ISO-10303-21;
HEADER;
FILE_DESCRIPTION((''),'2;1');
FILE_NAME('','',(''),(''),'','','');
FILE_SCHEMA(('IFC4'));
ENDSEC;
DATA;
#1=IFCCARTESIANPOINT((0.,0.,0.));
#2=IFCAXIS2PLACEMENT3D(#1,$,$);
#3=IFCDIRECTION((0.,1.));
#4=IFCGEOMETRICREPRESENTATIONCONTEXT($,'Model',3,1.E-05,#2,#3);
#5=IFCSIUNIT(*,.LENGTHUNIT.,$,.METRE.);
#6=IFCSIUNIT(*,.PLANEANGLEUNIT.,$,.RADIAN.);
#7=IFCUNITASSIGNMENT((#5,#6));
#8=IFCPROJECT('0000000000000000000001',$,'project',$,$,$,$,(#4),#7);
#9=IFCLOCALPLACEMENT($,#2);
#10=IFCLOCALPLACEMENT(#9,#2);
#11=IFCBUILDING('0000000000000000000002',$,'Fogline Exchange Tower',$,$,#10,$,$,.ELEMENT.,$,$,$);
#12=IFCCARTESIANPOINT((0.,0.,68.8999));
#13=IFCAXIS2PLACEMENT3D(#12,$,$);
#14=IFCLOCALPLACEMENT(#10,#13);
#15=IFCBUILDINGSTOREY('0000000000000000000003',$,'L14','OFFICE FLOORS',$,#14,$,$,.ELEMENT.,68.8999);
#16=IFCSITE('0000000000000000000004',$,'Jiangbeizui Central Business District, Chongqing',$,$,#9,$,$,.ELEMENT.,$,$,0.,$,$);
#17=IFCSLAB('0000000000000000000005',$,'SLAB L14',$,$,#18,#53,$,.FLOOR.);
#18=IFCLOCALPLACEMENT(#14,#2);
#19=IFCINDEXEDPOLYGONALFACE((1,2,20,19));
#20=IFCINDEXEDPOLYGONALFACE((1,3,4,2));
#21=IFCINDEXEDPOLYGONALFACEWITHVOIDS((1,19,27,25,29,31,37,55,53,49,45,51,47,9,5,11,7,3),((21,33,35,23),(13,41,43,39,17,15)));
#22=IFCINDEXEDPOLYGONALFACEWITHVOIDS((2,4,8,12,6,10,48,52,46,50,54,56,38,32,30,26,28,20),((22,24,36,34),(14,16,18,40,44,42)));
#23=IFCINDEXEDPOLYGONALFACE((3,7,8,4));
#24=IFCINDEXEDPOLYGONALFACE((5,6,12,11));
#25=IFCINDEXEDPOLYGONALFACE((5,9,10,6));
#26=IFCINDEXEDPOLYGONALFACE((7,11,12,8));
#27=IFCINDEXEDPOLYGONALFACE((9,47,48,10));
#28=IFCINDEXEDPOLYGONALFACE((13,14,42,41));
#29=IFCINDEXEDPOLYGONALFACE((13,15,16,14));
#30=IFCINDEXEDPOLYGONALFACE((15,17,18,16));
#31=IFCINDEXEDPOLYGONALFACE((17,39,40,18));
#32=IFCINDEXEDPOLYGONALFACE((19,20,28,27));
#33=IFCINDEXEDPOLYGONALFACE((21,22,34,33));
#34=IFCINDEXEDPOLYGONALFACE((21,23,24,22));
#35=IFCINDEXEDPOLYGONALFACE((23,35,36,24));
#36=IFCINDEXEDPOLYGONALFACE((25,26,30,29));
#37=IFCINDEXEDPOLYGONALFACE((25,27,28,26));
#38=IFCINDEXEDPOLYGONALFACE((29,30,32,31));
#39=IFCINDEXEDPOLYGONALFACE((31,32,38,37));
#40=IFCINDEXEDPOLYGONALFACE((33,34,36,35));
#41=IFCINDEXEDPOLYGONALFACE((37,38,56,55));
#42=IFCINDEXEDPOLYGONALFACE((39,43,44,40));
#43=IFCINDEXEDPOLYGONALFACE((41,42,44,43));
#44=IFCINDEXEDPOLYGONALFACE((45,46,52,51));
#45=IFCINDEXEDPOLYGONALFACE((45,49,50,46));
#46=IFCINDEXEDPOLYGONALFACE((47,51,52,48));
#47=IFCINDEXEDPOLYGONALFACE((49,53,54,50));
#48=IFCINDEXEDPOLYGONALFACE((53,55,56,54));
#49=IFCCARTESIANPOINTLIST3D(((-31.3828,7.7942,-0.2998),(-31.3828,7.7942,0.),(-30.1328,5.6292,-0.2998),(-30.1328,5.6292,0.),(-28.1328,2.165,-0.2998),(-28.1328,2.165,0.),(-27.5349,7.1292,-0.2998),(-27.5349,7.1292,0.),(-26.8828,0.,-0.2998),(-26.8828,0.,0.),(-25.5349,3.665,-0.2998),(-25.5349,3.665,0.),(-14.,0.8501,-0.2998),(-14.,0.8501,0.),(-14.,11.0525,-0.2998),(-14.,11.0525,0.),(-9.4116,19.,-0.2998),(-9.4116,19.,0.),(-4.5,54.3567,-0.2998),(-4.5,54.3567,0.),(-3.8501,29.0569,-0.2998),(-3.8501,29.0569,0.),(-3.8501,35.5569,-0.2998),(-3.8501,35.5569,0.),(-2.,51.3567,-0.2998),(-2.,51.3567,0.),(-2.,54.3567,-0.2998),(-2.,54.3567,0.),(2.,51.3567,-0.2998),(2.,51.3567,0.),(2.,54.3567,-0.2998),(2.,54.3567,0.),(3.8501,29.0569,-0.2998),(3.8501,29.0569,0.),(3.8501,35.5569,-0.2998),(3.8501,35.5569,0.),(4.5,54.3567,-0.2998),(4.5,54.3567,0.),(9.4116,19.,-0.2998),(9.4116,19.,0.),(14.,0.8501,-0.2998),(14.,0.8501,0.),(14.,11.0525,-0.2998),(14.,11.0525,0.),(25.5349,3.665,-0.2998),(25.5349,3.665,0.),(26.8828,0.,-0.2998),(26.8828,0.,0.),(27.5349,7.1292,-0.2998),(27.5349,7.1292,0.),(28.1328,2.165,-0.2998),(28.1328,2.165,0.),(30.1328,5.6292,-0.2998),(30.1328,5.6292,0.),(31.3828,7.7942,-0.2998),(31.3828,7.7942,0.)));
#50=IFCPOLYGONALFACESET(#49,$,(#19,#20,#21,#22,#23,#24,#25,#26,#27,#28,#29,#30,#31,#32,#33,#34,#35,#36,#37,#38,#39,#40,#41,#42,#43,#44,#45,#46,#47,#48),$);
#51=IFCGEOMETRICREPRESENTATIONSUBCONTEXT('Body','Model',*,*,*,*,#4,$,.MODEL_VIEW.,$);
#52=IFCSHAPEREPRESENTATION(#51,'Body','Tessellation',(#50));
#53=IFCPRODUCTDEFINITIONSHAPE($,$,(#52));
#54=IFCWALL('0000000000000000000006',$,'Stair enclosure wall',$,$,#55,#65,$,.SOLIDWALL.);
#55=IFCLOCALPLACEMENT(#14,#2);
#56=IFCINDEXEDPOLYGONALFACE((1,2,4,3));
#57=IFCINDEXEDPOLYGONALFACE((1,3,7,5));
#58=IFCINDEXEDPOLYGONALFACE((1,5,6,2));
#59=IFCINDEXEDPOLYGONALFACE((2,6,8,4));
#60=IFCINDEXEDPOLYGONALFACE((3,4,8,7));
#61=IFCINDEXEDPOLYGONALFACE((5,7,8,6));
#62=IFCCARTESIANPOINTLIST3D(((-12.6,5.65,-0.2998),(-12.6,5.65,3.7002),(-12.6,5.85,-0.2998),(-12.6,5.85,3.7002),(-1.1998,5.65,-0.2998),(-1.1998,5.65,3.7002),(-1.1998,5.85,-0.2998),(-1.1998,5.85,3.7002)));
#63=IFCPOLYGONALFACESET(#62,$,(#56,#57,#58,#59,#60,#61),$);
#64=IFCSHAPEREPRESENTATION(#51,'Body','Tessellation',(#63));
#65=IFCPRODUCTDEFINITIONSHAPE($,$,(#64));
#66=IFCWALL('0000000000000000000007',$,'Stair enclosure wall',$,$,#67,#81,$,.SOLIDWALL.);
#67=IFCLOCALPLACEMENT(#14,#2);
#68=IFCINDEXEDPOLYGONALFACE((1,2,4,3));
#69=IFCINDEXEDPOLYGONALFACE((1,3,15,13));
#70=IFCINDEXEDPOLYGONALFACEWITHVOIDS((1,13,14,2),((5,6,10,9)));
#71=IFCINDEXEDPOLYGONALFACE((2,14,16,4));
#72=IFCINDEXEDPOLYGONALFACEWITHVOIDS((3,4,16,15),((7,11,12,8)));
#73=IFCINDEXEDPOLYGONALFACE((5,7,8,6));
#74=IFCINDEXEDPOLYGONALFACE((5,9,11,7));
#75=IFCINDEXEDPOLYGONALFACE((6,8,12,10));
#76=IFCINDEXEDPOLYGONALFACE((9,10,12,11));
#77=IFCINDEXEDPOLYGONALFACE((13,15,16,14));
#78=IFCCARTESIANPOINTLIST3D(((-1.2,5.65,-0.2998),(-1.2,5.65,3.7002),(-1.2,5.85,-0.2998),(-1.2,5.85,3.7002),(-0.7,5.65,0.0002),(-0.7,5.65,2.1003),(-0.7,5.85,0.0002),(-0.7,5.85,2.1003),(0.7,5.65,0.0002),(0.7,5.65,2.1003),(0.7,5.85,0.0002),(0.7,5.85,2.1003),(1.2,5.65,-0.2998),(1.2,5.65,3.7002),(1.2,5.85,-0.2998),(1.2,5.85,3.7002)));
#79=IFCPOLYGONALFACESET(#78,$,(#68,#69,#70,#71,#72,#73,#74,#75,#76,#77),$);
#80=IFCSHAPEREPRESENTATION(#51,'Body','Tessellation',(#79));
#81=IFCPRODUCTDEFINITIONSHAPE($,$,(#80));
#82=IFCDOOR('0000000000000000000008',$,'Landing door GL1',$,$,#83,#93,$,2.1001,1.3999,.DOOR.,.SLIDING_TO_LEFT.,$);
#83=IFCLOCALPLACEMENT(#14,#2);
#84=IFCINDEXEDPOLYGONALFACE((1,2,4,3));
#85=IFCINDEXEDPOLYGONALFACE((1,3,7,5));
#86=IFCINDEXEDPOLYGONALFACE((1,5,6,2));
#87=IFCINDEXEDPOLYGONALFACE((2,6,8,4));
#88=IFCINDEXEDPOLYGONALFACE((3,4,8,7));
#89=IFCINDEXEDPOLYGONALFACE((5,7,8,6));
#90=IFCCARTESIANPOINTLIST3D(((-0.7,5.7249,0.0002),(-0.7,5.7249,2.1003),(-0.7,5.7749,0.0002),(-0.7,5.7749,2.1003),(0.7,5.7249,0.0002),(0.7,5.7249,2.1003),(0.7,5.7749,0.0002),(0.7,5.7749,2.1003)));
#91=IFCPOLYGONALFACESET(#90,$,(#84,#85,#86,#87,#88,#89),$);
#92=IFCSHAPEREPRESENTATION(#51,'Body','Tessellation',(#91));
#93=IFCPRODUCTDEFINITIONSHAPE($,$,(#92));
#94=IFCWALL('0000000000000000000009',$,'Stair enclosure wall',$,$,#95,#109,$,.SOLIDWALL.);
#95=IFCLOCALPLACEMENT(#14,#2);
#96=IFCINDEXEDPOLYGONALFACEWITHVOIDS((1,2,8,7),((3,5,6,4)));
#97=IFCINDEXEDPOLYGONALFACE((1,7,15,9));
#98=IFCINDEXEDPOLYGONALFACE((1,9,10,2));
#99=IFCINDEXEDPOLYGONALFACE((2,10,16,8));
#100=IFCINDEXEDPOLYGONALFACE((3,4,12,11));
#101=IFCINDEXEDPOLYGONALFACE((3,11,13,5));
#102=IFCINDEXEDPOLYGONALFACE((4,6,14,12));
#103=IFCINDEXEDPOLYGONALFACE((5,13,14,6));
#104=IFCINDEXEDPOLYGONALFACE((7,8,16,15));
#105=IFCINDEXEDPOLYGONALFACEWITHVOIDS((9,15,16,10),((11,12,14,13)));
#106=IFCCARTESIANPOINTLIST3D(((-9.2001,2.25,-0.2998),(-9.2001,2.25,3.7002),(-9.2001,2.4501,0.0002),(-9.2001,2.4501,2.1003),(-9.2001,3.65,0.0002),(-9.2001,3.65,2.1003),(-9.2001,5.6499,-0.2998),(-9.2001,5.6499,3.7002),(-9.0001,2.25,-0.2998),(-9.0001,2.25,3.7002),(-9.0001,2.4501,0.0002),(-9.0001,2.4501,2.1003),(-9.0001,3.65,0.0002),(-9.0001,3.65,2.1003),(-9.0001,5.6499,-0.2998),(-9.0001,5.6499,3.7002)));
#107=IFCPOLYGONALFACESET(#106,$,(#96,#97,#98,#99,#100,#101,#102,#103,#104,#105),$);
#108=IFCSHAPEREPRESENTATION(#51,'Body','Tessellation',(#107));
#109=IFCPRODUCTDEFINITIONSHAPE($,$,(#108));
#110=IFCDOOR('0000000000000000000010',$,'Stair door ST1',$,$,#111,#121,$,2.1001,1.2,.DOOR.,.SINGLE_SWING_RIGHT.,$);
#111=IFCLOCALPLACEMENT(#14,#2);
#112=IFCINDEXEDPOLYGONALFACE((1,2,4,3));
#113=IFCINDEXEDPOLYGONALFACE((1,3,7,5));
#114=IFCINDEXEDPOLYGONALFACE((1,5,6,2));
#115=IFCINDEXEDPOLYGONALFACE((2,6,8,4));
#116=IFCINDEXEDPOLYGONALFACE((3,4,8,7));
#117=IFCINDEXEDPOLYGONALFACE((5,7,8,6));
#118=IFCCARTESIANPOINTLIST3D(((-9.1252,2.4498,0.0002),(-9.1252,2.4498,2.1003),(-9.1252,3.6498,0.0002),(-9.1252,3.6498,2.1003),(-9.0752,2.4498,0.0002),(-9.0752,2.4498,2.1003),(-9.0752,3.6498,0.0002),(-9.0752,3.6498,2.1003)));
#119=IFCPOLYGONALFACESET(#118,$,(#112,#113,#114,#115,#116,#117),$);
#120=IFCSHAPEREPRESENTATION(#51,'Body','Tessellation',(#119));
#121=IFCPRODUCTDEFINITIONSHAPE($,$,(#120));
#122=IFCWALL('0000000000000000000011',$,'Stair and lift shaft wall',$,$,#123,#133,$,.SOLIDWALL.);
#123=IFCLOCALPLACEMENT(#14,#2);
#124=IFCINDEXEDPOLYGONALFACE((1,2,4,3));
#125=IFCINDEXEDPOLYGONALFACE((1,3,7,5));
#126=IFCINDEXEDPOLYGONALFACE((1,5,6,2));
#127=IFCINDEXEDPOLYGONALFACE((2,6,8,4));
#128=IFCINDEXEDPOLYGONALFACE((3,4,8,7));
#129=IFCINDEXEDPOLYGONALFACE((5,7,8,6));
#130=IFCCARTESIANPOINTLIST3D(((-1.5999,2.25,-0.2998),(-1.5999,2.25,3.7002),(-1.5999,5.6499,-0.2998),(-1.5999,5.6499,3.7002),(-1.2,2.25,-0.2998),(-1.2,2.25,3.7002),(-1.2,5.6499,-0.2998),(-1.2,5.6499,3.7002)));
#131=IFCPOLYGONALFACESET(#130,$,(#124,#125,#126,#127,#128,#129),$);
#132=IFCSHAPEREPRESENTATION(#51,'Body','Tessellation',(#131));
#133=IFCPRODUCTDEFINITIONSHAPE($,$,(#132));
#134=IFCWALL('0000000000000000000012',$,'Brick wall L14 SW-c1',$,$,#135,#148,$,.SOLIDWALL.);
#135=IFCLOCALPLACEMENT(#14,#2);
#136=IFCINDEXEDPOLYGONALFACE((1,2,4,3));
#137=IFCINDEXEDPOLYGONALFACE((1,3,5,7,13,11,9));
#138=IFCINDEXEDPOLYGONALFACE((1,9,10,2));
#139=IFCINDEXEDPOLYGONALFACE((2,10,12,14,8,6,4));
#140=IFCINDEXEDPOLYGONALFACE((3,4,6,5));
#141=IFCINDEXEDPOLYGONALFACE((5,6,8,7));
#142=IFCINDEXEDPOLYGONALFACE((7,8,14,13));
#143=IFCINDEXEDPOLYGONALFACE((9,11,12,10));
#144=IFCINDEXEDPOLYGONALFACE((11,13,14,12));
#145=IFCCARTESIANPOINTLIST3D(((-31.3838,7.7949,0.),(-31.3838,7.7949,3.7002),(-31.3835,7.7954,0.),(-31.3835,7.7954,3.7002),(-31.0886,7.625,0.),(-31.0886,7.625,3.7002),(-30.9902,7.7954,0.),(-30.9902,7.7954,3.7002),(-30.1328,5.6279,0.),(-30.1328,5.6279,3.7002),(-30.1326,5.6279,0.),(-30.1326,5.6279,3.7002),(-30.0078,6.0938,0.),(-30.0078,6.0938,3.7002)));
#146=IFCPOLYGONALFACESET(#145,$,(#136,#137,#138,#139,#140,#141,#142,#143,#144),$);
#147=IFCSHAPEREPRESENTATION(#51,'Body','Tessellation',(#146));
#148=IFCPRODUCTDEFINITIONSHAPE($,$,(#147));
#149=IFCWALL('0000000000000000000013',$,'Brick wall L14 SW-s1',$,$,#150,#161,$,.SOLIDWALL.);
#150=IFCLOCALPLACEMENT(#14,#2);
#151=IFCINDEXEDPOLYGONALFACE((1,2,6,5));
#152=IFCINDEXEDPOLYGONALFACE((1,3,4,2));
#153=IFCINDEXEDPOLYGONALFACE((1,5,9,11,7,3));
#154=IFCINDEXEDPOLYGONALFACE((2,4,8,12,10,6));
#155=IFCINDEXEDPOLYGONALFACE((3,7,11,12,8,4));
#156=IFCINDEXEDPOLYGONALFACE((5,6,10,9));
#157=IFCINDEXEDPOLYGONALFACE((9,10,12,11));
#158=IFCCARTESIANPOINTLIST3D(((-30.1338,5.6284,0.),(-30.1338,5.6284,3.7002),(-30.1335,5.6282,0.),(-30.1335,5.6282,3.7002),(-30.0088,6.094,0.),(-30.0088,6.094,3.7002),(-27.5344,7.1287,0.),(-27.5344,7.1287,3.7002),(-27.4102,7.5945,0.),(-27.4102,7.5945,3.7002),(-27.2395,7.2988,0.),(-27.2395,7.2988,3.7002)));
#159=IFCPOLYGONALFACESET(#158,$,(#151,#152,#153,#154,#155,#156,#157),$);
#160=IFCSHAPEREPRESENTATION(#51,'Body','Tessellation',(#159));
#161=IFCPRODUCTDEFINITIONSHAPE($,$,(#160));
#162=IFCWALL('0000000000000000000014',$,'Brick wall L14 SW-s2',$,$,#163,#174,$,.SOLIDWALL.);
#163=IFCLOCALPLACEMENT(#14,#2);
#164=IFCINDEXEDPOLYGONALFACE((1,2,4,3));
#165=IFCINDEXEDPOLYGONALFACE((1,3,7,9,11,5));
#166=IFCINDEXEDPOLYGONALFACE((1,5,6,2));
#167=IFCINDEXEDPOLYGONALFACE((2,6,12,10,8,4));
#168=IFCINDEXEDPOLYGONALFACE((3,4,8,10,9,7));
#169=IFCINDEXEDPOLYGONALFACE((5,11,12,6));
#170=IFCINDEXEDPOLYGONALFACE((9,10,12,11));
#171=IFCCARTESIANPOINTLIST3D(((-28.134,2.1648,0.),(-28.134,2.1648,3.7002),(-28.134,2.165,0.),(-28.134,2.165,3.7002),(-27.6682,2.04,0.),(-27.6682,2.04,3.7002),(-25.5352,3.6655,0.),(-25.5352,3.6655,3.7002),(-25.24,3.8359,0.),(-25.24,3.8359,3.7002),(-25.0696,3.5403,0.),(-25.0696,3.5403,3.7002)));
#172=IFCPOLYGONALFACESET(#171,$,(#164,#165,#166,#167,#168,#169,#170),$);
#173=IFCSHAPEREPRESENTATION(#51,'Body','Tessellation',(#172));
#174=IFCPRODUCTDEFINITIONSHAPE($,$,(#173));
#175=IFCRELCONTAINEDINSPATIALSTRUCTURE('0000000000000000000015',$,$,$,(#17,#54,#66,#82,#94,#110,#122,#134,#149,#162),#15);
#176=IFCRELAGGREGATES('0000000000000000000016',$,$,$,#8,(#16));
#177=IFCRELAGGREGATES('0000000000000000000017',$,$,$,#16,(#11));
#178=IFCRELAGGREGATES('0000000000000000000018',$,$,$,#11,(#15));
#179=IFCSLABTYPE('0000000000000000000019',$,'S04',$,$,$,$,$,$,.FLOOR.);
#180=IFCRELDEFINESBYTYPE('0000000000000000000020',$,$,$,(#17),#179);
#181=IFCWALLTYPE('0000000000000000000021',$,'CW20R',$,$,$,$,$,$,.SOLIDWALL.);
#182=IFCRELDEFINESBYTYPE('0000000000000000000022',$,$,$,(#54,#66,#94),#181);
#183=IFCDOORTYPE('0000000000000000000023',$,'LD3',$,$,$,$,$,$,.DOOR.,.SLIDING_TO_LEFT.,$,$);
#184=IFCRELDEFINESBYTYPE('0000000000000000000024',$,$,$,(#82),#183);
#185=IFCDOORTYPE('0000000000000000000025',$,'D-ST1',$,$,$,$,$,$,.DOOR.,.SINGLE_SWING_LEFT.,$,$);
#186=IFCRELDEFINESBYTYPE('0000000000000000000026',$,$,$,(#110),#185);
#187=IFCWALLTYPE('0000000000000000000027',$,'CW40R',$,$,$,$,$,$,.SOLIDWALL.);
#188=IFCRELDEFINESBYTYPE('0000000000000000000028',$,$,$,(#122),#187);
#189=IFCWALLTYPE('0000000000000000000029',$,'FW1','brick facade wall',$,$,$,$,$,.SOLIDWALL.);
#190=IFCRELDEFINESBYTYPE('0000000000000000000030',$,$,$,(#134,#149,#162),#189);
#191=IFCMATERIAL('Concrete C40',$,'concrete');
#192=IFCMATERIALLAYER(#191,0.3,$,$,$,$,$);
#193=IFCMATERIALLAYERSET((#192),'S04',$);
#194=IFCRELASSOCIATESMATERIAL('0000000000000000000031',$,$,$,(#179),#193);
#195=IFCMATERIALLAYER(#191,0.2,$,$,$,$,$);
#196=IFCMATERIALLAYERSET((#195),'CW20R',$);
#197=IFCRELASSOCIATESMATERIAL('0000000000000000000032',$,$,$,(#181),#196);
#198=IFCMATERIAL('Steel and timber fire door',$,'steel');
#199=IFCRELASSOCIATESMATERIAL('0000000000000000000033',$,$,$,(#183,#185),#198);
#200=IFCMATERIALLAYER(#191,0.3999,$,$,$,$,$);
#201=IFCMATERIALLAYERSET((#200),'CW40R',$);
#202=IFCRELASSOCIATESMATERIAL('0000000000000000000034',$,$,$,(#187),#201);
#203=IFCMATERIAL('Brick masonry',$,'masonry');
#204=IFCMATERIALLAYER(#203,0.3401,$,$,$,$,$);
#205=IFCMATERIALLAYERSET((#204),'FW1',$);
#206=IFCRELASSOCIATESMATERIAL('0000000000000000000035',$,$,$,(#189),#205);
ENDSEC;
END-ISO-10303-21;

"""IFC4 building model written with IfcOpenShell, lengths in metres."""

from ifc_helpers import new_model, si_unit, direction, frame, frame_2d, origin, place, context, subcontext, project, spatial, polyline, rectangle, outline, extrude, material, layer, layer_set, type_object, element, fill, save


model = new_model("IFC4")

# Units and contexts
model_context = context("Model", 3, precision=1e-05, world=origin(), true_north=direction((0.0, 1.0)))
body_context = subcontext(model_context, "Body", "Model", "MODEL_VIEW")
ifc_project = project(units=[si_unit("LENGTHUNIT", "METRE"), si_unit("PLANEANGLEUNIT", "RADIAN")], contexts=[model_context])

# Site, building, storey
site_placement = place(None, origin())
site = spatial("IfcSite", under=ifc_project, at=site_placement, Name="Jiangbeizui Central Business District, Chongqing", CompositionType="ELEMENT", RefElevation=0.0)
building_placement = place(site_placement, origin())
building = spatial("IfcBuilding", under=site, at=building_placement, Name="Fogline Exchange Tower", CompositionType="ELEMENT")
storey_placement = place(building_placement, frame((0.0, 0.0, 68.8999)))
storey = spatial("IfcBuildingStorey", under=building, at=storey_placement, Name="L14", Description="OFFICE FLOORS", CompositionType="ELEMENT", Elevation=68.8999)

# Slab
ifc_material_1 = material(Name="Concrete C40", Category="concrete")
ifc_layer_1 = layer(ifc_material_1, 0.3)
ifc_layer_set_1 = layer_set([ifc_layer_1], Name="S04")
slab_type = type_object("IfcSlabType", Name="S04", PredefinedType="FLOOR", material=ifc_layer_set_1)
slab_placement = place(storey_placement, frame((0.0, 0.0, -0.2998)))
element("IfcSlab", 1, at=slab_placement, inside=storey, type_object=slab_type, Name="SLAB L14", PredefinedType="FLOOR", context=body_context, shape_type="SweptSolid", body=[
    extrude(outline(polyline([(-2.0, 54.3567), (-4.5, 54.3567), (-31.3828, 7.7942), (-30.1328, 5.6292), (-27.5349, 7.1292), (-25.5349, 3.665), (-28.1328, 2.165), (-26.8828, 0.0), (26.8828, 0.0), (28.1328, 2.165), (25.5349, 3.665), (27.5349, 7.1292), (30.1328, 5.6292), (31.3828, 7.7942), (4.5, 54.3567), (2.0, 54.3567), (2.0, 51.3567), (-2.0, 51.3567), (-2.0, 54.3567)]), holes=[polyline([(14.0, 11.0525), (14.0, 0.8501), (-14.0, 0.8501), (-14.0, 11.0525), (-9.4116, 19.0), (9.4116, 19.0), (14.0, 11.0525)]), polyline([(3.8501, 35.5569), (3.8501, 29.0569), (-3.8501, 29.0569), (-3.8501, 35.5569), (3.8501, 35.5569)])]), origin(), (0.0, 0.0, 1.0), 0.2998),
])

# Wall
ifc_layer_2 = layer(ifc_material_1, 0.2)
ifc_layer_set_2 = layer_set([ifc_layer_2], Name="CW20R")
wall_type_1 = type_object("IfcWallType", Name="CW20R", PredefinedType="SOLIDWALL", material=ifc_layer_set_2)
wall_1_placement = place(storey_placement, frame((-12.6001, 5.75, -0.2998), z_axis=(0.0, 0.0, 1.0), x_axis=(1.0, 0.0, 0.0)))
element("IfcWall", 2, at=wall_1_placement, inside=storey, type_object=wall_type_1, Name="Stair enclosure wall", PredefinedType="SOLIDWALL", context=body_context, shape_type="SweptSolid", body=[
    extrude(rectangle(XDim=11.4001, YDim=0.2, at=frame_2d((5.7002, 0.0))), origin(), (0.0, 0.0, 1.0), 4.0),
])

# Walls, openings, doors
wall_2_placement = place(storey_placement, frame((-1.2, 5.75, -0.2998), z_axis=(0.0, 0.0, 1.0), x_axis=(1.0, 0.0, 0.0)))
wall_2 = element("IfcWall", 3, at=wall_2_placement, inside=storey, type_object=wall_type_1, Name="Stair enclosure wall", PredefinedType="SOLIDWALL", context=body_context, shape_type="SweptSolid", body=[
    extrude(rectangle(XDim=2.3999, YDim=0.2, at=frame_2d((1.2, 0.0))), origin(), (0.0, 0.0, 1.0), 4.0),
])
opening_1_placement = place(wall_2_placement, frame((0.5, 0.0, 0.3)))
opening_1 = element("IfcOpeningElement", 4, at=opening_1_placement, cuts=wall_2, PredefinedType="OPENING", context=body_context, shape_type="SweptSolid", body=[
    extrude(rectangle(XDim=1.3999, YDim=2.1001, at=frame_2d((0.7, 1.05))), frame((0.0, 0.1099, 0.0), z_axis=(0.0, -1.0, 0.0), x_axis=(1.0, 0.0, 0.0)), (0.0, 0.0, 1.0), 0.22),
])
ifc_material_2 = material(Name="Steel and timber fire door", Category="steel")
door_type_1 = type_object("IfcDoorType", Name="LD3", OperationType="SLIDING_TO_LEFT", PredefinedType="DOOR", material=ifc_material_2)
door_1_placement = place(opening_1_placement, origin())
door_1 = element("IfcDoor", 5, at=door_1_placement, inside=storey, type_object=door_type_1, Name="Landing door GL1", OperationType="SLIDING_TO_LEFT", OverallHeight=2.1001, OverallWidth=1.3999, PredefinedType="DOOR", context=body_context, shape_type="SweptSolid", body=[
    extrude(rectangle(XDim=1.3999, YDim=2.1001, at=frame_2d((0.7, 1.05))), frame((0.0, 0.0249, 0.0), z_axis=(0.0, -1.0, 0.0), x_axis=(1.0, 0.0, 0.0)), (0.0, 0.0, 1.0), 0.05),
])
fill(opening_1, door_1)
wall_3_placement = place(storey_placement, frame((-9.1001, 2.25, -0.2998), z_axis=(0.0, 0.0, 1.0), x_axis=(0.0, 1.0, 0.0)))
wall_3 = element("IfcWall", 6, at=wall_3_placement, inside=storey, type_object=wall_type_1, Name="Stair enclosure wall", PredefinedType="SOLIDWALL", context=body_context, shape_type="SweptSolid", body=[
    extrude(rectangle(XDim=3.3999, YDim=0.2, at=frame_2d((1.7, 0.0))), origin(), (0.0, 0.0, 1.0), 4.0),
])
opening_2_placement = place(wall_3_placement, frame((0.2, 0.0, 0.3)))
opening_2 = element("IfcOpeningElement", 7, at=opening_2_placement, cuts=wall_3, PredefinedType="OPENING", context=body_context, shape_type="SweptSolid", body=[
    extrude(rectangle(XDim=1.2, YDim=2.1001, at=frame_2d((0.6001, 1.05))), frame((0.0, 0.1099, 0.0), z_axis=(0.0, -1.0, 0.0), x_axis=(1.0, 0.0, 0.0)), (0.0, 0.0, 1.0), 0.22),
])
door_type_2 = type_object("IfcDoorType", Name="D-ST1", OperationType="SINGLE_SWING_LEFT", PredefinedType="DOOR", material=ifc_material_2)
door_2_placement = place(opening_2_placement, frame((1.2, 0.0, 0.0), z_axis=(0.0, 0.0, 1.0), x_axis=(-1.0, 0.0, 0.0)))
door_2 = element("IfcDoor", 8, at=door_2_placement, inside=storey, type_object=door_type_2, Name="Stair door ST1", OperationType="SINGLE_SWING_RIGHT", OverallHeight=2.1001, OverallWidth=1.2, PredefinedType="DOOR", context=body_context, shape_type="SweptSolid", body=[
    extrude(rectangle(XDim=1.2, YDim=2.1001, at=frame_2d((0.6001, 1.05))), frame((0.0, 0.0249, 0.0), z_axis=(0.0, -1.0, 0.0), x_axis=(1.0, 0.0, 0.0)), (0.0, 0.0, 1.0), 0.05),
])
fill(opening_2, door_2)

# Walls
ifc_layer_3 = layer(ifc_material_1, 0.3999)
ifc_layer_set_3 = layer_set([ifc_layer_3], Name="CW40R")
wall_type_2 = type_object("IfcWallType", Name="CW40R", PredefinedType="SOLIDWALL", material=ifc_layer_set_3)
wall_4_placement = place(storey_placement, frame((-1.3999, 2.25, -0.2998), z_axis=(0.0, 0.0, 1.0), x_axis=(0.0, 1.0, 0.0)))
element("IfcWall", 9, at=wall_4_placement, inside=storey, type_object=wall_type_2, Name="Stair and lift shaft wall", PredefinedType="SOLIDWALL", context=body_context, shape_type="SweptSolid", body=[
    extrude(rectangle(XDim=3.3999, YDim=0.3999, at=frame_2d((1.7, 0.0))), origin(), (0.0, 0.0, 1.0), 4.0),
])
ifc_material_3 = material(Name="Brick masonry", Category="masonry")
ifc_layer_4 = layer(ifc_material_3, 0.3401)
ifc_layer_set_4 = layer_set([ifc_layer_4], Name="FW1")
wall_type_3 = type_object("IfcWallType", Name="FW1", Description="brick facade wall", PredefinedType="SOLIDWALL", material=ifc_layer_set_4)
wall_5_placement = place(storey_placement, origin())
element("IfcWall", 10, at=wall_5_placement, inside=storey, type_object=wall_type_3, Name="Brick wall L14 SW-c1", PredefinedType="SOLIDWALL", context=body_context, shape_type="SweptSolid", body=[
    extrude(outline(polyline([(-30.1328, 5.6279), (-31.3838, 7.7949), (-31.3835, 7.7954), (-31.0886, 7.625), (-30.9902, 7.7954), (-30.0078, 6.0938), (-30.1326, 5.6279), (-30.1328, 5.6279)])), origin(), (0.0, 0.0, 1.0), 3.7002),
])
wall_6_placement = place(storey_placement, origin())
element("IfcWall", 11, at=wall_6_placement, inside=storey, type_object=wall_type_3, Name="Brick wall L14 SW-s1", PredefinedType="SOLIDWALL", context=body_context, shape_type="SweptSolid", body=[
    extrude(outline(polyline([(-27.4102, 7.5945), (-27.2395, 7.2988), (-27.5344, 7.1287), (-30.1335, 5.6282), (-30.1338, 5.6284), (-30.0088, 6.094), (-27.4102, 7.5945)])), origin(), (0.0, 0.0, 1.0), 3.7002),
])
wall_7_placement = place(storey_placement, origin())
element("IfcWall", 12, at=wall_7_placement, inside=storey, type_object=wall_type_3, Name="Brick wall L14 SW-s2", PredefinedType="SOLIDWALL", context=body_context, shape_type="SweptSolid", body=[
    extrude(outline(polyline([(-28.134, 2.165), (-25.5352, 3.6655), (-25.24, 3.8359), (-25.0696, 3.5403), (-27.6682, 2.04), (-28.134, 2.1648), (-28.134, 2.165)])), origin(), (0.0, 0.0, 1.0), 3.7002),
])

save(model, "model.ifc")
